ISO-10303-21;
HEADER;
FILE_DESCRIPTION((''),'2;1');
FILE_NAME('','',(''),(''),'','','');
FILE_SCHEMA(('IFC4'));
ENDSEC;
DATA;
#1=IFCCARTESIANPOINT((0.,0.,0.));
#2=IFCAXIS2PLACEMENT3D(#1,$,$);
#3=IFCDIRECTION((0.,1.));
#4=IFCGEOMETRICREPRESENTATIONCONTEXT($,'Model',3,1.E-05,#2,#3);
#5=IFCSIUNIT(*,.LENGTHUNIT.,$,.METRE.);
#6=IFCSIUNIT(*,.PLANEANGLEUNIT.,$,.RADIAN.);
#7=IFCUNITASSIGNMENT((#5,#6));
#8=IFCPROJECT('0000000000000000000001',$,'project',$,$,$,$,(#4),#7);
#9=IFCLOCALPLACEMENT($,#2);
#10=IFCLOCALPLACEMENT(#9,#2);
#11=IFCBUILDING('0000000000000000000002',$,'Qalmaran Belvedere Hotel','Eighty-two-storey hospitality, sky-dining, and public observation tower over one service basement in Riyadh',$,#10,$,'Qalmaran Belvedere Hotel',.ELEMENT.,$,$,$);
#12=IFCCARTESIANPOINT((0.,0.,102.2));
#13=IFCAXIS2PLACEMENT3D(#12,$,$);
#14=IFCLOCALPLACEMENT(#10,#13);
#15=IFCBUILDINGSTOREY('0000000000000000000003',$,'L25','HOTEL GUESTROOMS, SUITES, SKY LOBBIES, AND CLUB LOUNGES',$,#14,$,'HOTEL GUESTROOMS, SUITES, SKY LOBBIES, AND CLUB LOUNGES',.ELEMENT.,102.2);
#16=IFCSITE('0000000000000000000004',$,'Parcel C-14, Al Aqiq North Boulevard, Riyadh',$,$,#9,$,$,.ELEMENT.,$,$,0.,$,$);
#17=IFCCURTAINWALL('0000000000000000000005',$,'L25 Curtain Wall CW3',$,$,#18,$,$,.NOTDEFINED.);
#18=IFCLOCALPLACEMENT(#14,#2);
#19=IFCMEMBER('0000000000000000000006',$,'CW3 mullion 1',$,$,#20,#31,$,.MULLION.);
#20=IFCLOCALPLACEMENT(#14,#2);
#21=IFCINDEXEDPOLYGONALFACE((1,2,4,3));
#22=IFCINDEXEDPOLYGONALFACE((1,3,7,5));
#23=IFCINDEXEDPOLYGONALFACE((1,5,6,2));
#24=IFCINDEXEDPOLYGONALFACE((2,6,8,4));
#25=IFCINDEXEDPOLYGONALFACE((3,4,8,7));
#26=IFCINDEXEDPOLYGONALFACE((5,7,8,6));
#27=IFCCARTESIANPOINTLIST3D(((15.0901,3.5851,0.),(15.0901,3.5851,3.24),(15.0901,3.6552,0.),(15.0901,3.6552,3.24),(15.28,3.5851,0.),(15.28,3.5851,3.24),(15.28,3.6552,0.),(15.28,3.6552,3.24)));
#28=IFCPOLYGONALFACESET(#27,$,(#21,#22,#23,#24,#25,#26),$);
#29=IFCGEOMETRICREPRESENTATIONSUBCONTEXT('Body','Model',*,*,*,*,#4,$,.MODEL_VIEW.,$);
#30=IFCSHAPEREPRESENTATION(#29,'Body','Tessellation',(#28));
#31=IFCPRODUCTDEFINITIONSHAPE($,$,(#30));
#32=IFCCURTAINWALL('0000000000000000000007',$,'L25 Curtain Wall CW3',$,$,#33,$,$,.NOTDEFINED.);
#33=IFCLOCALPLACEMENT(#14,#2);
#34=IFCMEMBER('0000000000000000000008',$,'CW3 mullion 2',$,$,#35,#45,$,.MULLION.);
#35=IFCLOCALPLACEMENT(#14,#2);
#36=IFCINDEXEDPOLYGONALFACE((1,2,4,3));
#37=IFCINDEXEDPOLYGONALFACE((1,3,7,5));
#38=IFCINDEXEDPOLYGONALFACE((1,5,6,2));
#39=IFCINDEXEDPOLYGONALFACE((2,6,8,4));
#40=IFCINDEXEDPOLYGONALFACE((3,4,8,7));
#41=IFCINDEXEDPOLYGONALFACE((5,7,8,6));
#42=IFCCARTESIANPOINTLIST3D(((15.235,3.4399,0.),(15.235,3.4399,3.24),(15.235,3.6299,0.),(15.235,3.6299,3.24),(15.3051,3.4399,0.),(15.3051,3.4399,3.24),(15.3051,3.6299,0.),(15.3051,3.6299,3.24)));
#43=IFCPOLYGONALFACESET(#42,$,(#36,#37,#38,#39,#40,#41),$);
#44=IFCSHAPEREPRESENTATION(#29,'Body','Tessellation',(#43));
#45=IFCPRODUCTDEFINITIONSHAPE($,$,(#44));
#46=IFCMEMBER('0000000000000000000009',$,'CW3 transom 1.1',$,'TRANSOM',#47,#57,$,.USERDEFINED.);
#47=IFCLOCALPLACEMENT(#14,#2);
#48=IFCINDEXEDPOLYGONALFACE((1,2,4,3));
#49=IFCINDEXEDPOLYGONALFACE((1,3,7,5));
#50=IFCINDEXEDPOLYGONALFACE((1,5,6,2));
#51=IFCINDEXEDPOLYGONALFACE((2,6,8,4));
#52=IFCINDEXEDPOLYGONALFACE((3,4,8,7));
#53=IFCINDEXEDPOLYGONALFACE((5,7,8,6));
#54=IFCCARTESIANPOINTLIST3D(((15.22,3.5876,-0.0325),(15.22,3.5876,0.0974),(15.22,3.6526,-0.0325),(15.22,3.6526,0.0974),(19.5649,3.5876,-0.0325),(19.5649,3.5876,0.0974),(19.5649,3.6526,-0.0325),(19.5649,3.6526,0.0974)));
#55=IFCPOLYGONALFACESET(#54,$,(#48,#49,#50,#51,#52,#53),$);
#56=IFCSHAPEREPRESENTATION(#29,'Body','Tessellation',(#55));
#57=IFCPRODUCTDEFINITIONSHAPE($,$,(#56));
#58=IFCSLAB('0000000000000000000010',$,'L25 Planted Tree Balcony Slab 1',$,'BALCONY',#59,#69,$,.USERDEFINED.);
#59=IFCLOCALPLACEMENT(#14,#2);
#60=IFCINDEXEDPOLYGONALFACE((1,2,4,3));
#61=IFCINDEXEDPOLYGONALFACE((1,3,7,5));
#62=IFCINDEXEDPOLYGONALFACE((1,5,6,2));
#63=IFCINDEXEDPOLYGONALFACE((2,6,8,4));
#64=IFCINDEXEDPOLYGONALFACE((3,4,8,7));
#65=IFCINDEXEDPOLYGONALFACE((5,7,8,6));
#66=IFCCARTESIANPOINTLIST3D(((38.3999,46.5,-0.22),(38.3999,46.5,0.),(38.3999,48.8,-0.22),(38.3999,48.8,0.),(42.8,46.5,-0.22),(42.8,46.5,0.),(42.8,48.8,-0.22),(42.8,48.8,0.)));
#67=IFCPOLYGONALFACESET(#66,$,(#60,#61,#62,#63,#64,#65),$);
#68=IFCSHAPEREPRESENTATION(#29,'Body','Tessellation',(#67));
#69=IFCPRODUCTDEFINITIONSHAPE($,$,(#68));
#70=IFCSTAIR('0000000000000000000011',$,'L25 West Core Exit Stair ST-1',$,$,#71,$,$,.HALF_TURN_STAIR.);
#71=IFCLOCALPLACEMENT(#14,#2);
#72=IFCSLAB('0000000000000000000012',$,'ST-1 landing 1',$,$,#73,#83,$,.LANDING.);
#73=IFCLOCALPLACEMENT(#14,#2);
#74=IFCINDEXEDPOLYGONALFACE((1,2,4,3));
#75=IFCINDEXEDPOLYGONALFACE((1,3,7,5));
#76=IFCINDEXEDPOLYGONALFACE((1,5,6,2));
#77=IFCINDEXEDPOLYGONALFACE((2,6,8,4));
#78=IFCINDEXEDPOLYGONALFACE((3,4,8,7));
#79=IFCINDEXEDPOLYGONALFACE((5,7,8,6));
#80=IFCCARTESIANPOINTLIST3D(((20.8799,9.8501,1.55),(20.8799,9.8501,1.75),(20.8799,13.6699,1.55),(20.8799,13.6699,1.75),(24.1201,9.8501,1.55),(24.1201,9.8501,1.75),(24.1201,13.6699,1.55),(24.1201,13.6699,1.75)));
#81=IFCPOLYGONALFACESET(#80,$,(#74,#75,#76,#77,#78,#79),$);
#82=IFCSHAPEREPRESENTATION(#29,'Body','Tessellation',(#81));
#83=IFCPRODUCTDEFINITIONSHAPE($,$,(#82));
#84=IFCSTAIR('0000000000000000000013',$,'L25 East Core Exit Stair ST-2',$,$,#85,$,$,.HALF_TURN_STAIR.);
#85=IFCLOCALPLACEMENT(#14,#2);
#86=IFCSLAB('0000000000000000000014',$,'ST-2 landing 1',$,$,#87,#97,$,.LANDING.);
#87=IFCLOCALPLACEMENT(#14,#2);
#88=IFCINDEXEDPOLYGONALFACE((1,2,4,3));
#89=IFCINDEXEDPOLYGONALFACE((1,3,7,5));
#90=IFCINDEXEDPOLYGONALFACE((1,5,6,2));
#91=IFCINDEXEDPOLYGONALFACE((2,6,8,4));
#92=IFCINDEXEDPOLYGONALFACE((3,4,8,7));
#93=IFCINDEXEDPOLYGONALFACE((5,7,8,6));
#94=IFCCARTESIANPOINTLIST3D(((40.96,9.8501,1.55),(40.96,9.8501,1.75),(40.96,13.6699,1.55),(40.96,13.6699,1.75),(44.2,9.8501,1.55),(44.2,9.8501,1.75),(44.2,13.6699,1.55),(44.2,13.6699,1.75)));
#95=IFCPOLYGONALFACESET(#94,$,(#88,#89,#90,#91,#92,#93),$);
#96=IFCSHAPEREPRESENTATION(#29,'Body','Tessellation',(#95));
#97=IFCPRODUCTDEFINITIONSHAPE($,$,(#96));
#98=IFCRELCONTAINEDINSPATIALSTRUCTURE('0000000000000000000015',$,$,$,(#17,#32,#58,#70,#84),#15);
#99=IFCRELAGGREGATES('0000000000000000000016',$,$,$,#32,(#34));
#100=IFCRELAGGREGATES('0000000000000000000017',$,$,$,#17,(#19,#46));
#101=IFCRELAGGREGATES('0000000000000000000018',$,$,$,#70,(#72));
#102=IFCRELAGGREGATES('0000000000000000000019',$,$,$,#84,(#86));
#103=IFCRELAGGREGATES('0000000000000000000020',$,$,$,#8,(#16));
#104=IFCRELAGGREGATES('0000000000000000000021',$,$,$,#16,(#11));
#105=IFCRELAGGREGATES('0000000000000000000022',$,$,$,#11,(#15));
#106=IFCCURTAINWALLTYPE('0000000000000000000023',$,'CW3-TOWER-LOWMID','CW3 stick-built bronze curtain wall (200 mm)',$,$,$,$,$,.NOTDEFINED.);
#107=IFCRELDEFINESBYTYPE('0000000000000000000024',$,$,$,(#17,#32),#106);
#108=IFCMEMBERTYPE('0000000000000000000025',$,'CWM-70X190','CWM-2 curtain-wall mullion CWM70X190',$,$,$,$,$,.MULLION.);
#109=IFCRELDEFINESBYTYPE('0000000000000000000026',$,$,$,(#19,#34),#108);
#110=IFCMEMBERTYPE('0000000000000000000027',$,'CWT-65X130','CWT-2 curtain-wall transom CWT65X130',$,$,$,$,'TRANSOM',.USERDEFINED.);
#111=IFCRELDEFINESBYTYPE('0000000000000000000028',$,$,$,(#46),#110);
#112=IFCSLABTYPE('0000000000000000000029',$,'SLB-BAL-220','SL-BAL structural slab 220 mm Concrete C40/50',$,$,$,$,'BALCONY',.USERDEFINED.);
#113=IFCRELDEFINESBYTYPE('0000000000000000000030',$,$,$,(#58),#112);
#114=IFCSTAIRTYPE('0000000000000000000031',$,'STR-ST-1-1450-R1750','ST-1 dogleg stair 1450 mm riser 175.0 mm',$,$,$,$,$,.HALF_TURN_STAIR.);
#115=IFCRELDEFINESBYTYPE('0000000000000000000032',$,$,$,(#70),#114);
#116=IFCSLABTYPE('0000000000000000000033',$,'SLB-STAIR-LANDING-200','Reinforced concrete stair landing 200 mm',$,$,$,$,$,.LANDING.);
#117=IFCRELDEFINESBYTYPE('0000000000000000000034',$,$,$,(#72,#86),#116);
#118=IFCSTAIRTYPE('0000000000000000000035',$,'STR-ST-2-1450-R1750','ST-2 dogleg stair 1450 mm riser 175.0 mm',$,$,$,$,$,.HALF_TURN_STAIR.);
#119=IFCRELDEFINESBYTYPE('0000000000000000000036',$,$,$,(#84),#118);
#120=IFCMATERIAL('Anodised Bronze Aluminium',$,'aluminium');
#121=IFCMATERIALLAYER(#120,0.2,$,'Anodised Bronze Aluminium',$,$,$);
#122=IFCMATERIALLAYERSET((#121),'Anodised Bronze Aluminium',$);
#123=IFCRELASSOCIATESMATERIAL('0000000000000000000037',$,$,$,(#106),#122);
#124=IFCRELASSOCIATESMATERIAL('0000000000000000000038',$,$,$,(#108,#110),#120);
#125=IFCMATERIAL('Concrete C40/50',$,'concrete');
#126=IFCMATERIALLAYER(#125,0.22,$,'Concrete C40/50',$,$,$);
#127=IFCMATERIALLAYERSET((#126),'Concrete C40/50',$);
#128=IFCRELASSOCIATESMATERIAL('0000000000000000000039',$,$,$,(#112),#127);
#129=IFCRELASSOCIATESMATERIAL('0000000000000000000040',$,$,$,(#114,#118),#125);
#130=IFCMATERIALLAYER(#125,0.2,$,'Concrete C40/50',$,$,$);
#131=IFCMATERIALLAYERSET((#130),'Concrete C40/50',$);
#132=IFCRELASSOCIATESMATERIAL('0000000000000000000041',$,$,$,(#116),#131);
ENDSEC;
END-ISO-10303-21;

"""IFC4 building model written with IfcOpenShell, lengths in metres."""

from ifc_helpers import new_model, si_unit, direction, frame, origin, origin_2d, place, context, subcontext, project, spatial, polyline, rectangle, outline, extrude, material, layer, layer_set, material_profile, profile_set, type_object, element, aggregate, save


model = new_model("IFC4")

# Units and contexts
model_context = context("Model", 3, precision=1e-05, world=origin(), true_north=direction((0.0, 1.0)))
body_context = subcontext(model_context, "Body", "Model", "MODEL_VIEW")
ifc_project = project(units=[si_unit("LENGTHUNIT", "METRE"), si_unit("PLANEANGLEUNIT", "RADIAN")], contexts=[model_context])

# Site, building, storey
site_placement = place(None, origin())
site = spatial("IfcSite", under=ifc_project, at=site_placement, Name="Parcel C-14, Al Aqiq North Boulevard, Riyadh", CompositionType="ELEMENT", RefElevation=0.0)
building_placement = place(site_placement, origin())
building = spatial("IfcBuilding", under=site, at=building_placement, Name="Qalmaran Belvedere Hotel", Description="Eighty-two-storey hospitality, sky-dining, and public observation tower over one service basement in Riyadh", LongName="Qalmaran Belvedere Hotel", CompositionType="ELEMENT")
storey_placement = place(building_placement, frame((0.0, 0.0, 102.2)))
storey = spatial("IfcBuildingStorey", under=building, at=storey_placement, Name="L25", Description="HOTEL GUESTROOMS, SUITES, SKY LOBBIES, AND CLUB LOUNGES", LongName="HOTEL GUESTROOMS, SUITES, SKY LOBBIES, AND CLUB LOUNGES", CompositionType="ELEMENT", Elevation=102.2)

# Curtain walls, members
ifc_material_1 = material(Name="Anodised Bronze Aluminium", Category="aluminium")
ifc_layer_1 = layer(ifc_material_1, 0.2, Name="Anodised Bronze Aluminium")
ifc_layer_set_1 = layer_set([ifc_layer_1], Name="Anodised Bronze Aluminium")
curtain_wall_type = type_object("IfcCurtainWallType", Name="CW3-TOWER-LOWMID", Description="CW3 stick-built bronze curtain wall (200 mm)", PredefinedType="NOTDEFINED", material=ifc_layer_set_1)
curtain_wall_1_placement = place(storey_placement, origin())
curtain_wall_1 = element("IfcCurtainWall", 1, at=curtain_wall_1_placement, inside=storey, type_object=curtain_wall_type, Name="L25 Curtain Wall CW3", PredefinedType="NOTDEFINED")
ifc_material_profile_1 = material_profile(ifc_material_1, rectangle(XDim=0.0701, YDim=0.1899, at=origin_2d()), Name="CWM70X190")
ifc_profile_set_1 = profile_set([ifc_material_profile_1], Name="Anodised Bronze Aluminium")
member_type_1 = type_object("IfcMemberType", Name="CWM-70X190", Description="CWM-2 curtain-wall mullion CWM70X190", PredefinedType="MULLION", material=ifc_profile_set_1)
member_1_placement = place(storey_placement, frame((15.1851, 3.6201, 0.0), z_axis=(0.0, 0.0, 1.0), x_axis=(0.0, 1.0, 0.0)))
member_1 = element("IfcMember", 2, at=member_1_placement, type_object=member_type_1, Name="CW3 mullion 1", PredefinedType="MULLION", context=body_context, shape_type="SweptSolid", body=[
    extrude(rectangle(XDim=0.0701, YDim=0.1899, at=origin_2d()), origin(), (0.0, 0.0, 1.0), 3.24),
])
curtain_wall_2_placement = place(storey_placement, origin())
curtain_wall_2 = element("IfcCurtainWall", 3, at=curtain_wall_2_placement, inside=storey, type_object=curtain_wall_type, Name="L25 Curtain Wall CW3", PredefinedType="NOTDEFINED")
member_2_placement = place(storey_placement, frame((15.27, 3.5349, 0.0), z_axis=(0.0, 0.0, 1.0), x_axis=(1.0, 0.0, 0.0)))
member_2 = element("IfcMember", 4, at=member_2_placement, type_object=member_type_1, Name="CW3 mullion 2", PredefinedType="MULLION", context=body_context, shape_type="SweptSolid", body=[
    extrude(rectangle(XDim=0.0701, YDim=0.1899, at=origin_2d()), origin(), (0.0, 0.0, 1.0), 3.24),
])
aggregate(curtain_wall_2, [member_2])

# Member
ifc_material_profile_2 = material_profile(ifc_material_1, rectangle(XDim=0.0649, YDim=0.1299, at=origin_2d()), Name="CWT65X130")
ifc_profile_set_2 = profile_set([ifc_material_profile_2], Name="Anodised Bronze Aluminium")
member_type_2 = type_object("IfcMemberType", Name="CWT-65X130", Description="CWT-2 curtain-wall transom CWT65X130", ElementType="TRANSOM", PredefinedType="USERDEFINED", material=ifc_profile_set_2)
member_3_placement = place(storey_placement, frame((15.22, 3.6201, 0.0325), z_axis=(1.0, 0.0, 0.0), x_axis=(0.0, 1.0, 0.0)))
member_3 = element("IfcMember", 5, at=member_3_placement, type_object=member_type_2, Name="CW3 transom 1.1", ObjectType="TRANSOM", PredefinedType="USERDEFINED", context=body_context, shape_type="SweptSolid", body=[
    extrude(rectangle(XDim=0.0649, YDim=0.1299, at=origin_2d()), origin(), (0.0, 0.0, 1.0), 4.345),
])
aggregate(curtain_wall_1, [member_1, member_3])

# Slab
ifc_material_2 = material(Name="Concrete C40/50", Category="concrete")
ifc_layer_2 = layer(ifc_material_2, 0.22, Name="Concrete C40/50")
ifc_layer_set_2 = layer_set([ifc_layer_2], Name="Concrete C40/50")
slab_type_1 = type_object("IfcSlabType", Name="SLB-BAL-220", Description="SL-BAL structural slab 220 mm Concrete C40/50", ElementType="BALCONY", PredefinedType="USERDEFINED", material=ifc_layer_set_2)
slab_1_placement = place(storey_placement, frame((0.0, 0.0, -0.22)))
element("IfcSlab", 6, at=slab_1_placement, inside=storey, type_object=slab_type_1, Name="L25 Planted Tree Balcony Slab 1", ObjectType="BALCONY", PredefinedType="USERDEFINED", context=body_context, shape_type="SweptSolid", body=[
    extrude(outline(polyline([(38.3999, 46.5), (42.8, 46.5), (42.8, 48.8), (38.3999, 48.8), (38.3999, 46.5)])), origin(), (0.0, 0.0, 1.0), 0.22),
])

# Stairs, slabs
stair_type_1 = type_object("IfcStairType", Name="STR-ST-1-1450-R1750", Description="ST-1 dogleg stair 1450 mm riser 175.0 mm", PredefinedType="HALF_TURN_STAIR", material=ifc_material_2)
stair_1_placement = place(storey_placement, origin())
stair_1 = element("IfcStair", 7, at=stair_1_placement, inside=storey, type_object=stair_type_1, Name="L25 West Core Exit Stair ST-1", PredefinedType="HALF_TURN_STAIR")
ifc_layer_3 = layer(ifc_material_2, 0.2, Name="Concrete C40/50")
ifc_layer_set_3 = layer_set([ifc_layer_3], Name="Concrete C40/50")
slab_type_2 = type_object("IfcSlabType", Name="SLB-STAIR-LANDING-200", Description="Reinforced concrete stair landing 200 mm", PredefinedType="LANDING", material=ifc_layer_set_3)
slab_2_placement = place(storey_placement, frame((0.0, 0.0, 1.55)))
slab_2 = element("IfcSlab", 8, at=slab_2_placement, type_object=slab_type_2, Name="ST-1 landing 1", PredefinedType="LANDING", context=body_context, shape_type="SweptSolid", body=[
    extrude(outline(polyline([(20.8799, 13.6699), (20.8799, 9.8501), (24.1201, 9.8501), (24.1201, 13.6699), (20.8799, 13.6699)])), origin(), (0.0, 0.0, 1.0), 0.2),
])
aggregate(stair_1, [slab_2])
stair_type_2 = type_object("IfcStairType", Name="STR-ST-2-1450-R1750", Description="ST-2 dogleg stair 1450 mm riser 175.0 mm", PredefinedType="HALF_TURN_STAIR", material=ifc_material_2)
stair_2_placement = place(storey_placement, origin())
stair_2 = element("IfcStair", 9, at=stair_2_placement, inside=storey, type_object=stair_type_2, Name="L25 East Core Exit Stair ST-2", PredefinedType="HALF_TURN_STAIR")
slab_3_placement = place(storey_placement, frame((0.0, 0.0, 1.55)))
slab_3 = element("IfcSlab", 10, at=slab_3_placement, type_object=slab_type_2, Name="ST-2 landing 1", PredefinedType="LANDING", context=body_context, shape_type="SweptSolid", body=[
    extrude(outline(polyline([(40.96, 13.6699), (40.96, 9.8501), (44.2, 9.8501), (44.2, 13.6699), (40.96, 13.6699)])), origin(), (0.0, 0.0, 1.0), 0.2),
])
aggregate(stair_2, [slab_3])

save(model, "model.ifc")
